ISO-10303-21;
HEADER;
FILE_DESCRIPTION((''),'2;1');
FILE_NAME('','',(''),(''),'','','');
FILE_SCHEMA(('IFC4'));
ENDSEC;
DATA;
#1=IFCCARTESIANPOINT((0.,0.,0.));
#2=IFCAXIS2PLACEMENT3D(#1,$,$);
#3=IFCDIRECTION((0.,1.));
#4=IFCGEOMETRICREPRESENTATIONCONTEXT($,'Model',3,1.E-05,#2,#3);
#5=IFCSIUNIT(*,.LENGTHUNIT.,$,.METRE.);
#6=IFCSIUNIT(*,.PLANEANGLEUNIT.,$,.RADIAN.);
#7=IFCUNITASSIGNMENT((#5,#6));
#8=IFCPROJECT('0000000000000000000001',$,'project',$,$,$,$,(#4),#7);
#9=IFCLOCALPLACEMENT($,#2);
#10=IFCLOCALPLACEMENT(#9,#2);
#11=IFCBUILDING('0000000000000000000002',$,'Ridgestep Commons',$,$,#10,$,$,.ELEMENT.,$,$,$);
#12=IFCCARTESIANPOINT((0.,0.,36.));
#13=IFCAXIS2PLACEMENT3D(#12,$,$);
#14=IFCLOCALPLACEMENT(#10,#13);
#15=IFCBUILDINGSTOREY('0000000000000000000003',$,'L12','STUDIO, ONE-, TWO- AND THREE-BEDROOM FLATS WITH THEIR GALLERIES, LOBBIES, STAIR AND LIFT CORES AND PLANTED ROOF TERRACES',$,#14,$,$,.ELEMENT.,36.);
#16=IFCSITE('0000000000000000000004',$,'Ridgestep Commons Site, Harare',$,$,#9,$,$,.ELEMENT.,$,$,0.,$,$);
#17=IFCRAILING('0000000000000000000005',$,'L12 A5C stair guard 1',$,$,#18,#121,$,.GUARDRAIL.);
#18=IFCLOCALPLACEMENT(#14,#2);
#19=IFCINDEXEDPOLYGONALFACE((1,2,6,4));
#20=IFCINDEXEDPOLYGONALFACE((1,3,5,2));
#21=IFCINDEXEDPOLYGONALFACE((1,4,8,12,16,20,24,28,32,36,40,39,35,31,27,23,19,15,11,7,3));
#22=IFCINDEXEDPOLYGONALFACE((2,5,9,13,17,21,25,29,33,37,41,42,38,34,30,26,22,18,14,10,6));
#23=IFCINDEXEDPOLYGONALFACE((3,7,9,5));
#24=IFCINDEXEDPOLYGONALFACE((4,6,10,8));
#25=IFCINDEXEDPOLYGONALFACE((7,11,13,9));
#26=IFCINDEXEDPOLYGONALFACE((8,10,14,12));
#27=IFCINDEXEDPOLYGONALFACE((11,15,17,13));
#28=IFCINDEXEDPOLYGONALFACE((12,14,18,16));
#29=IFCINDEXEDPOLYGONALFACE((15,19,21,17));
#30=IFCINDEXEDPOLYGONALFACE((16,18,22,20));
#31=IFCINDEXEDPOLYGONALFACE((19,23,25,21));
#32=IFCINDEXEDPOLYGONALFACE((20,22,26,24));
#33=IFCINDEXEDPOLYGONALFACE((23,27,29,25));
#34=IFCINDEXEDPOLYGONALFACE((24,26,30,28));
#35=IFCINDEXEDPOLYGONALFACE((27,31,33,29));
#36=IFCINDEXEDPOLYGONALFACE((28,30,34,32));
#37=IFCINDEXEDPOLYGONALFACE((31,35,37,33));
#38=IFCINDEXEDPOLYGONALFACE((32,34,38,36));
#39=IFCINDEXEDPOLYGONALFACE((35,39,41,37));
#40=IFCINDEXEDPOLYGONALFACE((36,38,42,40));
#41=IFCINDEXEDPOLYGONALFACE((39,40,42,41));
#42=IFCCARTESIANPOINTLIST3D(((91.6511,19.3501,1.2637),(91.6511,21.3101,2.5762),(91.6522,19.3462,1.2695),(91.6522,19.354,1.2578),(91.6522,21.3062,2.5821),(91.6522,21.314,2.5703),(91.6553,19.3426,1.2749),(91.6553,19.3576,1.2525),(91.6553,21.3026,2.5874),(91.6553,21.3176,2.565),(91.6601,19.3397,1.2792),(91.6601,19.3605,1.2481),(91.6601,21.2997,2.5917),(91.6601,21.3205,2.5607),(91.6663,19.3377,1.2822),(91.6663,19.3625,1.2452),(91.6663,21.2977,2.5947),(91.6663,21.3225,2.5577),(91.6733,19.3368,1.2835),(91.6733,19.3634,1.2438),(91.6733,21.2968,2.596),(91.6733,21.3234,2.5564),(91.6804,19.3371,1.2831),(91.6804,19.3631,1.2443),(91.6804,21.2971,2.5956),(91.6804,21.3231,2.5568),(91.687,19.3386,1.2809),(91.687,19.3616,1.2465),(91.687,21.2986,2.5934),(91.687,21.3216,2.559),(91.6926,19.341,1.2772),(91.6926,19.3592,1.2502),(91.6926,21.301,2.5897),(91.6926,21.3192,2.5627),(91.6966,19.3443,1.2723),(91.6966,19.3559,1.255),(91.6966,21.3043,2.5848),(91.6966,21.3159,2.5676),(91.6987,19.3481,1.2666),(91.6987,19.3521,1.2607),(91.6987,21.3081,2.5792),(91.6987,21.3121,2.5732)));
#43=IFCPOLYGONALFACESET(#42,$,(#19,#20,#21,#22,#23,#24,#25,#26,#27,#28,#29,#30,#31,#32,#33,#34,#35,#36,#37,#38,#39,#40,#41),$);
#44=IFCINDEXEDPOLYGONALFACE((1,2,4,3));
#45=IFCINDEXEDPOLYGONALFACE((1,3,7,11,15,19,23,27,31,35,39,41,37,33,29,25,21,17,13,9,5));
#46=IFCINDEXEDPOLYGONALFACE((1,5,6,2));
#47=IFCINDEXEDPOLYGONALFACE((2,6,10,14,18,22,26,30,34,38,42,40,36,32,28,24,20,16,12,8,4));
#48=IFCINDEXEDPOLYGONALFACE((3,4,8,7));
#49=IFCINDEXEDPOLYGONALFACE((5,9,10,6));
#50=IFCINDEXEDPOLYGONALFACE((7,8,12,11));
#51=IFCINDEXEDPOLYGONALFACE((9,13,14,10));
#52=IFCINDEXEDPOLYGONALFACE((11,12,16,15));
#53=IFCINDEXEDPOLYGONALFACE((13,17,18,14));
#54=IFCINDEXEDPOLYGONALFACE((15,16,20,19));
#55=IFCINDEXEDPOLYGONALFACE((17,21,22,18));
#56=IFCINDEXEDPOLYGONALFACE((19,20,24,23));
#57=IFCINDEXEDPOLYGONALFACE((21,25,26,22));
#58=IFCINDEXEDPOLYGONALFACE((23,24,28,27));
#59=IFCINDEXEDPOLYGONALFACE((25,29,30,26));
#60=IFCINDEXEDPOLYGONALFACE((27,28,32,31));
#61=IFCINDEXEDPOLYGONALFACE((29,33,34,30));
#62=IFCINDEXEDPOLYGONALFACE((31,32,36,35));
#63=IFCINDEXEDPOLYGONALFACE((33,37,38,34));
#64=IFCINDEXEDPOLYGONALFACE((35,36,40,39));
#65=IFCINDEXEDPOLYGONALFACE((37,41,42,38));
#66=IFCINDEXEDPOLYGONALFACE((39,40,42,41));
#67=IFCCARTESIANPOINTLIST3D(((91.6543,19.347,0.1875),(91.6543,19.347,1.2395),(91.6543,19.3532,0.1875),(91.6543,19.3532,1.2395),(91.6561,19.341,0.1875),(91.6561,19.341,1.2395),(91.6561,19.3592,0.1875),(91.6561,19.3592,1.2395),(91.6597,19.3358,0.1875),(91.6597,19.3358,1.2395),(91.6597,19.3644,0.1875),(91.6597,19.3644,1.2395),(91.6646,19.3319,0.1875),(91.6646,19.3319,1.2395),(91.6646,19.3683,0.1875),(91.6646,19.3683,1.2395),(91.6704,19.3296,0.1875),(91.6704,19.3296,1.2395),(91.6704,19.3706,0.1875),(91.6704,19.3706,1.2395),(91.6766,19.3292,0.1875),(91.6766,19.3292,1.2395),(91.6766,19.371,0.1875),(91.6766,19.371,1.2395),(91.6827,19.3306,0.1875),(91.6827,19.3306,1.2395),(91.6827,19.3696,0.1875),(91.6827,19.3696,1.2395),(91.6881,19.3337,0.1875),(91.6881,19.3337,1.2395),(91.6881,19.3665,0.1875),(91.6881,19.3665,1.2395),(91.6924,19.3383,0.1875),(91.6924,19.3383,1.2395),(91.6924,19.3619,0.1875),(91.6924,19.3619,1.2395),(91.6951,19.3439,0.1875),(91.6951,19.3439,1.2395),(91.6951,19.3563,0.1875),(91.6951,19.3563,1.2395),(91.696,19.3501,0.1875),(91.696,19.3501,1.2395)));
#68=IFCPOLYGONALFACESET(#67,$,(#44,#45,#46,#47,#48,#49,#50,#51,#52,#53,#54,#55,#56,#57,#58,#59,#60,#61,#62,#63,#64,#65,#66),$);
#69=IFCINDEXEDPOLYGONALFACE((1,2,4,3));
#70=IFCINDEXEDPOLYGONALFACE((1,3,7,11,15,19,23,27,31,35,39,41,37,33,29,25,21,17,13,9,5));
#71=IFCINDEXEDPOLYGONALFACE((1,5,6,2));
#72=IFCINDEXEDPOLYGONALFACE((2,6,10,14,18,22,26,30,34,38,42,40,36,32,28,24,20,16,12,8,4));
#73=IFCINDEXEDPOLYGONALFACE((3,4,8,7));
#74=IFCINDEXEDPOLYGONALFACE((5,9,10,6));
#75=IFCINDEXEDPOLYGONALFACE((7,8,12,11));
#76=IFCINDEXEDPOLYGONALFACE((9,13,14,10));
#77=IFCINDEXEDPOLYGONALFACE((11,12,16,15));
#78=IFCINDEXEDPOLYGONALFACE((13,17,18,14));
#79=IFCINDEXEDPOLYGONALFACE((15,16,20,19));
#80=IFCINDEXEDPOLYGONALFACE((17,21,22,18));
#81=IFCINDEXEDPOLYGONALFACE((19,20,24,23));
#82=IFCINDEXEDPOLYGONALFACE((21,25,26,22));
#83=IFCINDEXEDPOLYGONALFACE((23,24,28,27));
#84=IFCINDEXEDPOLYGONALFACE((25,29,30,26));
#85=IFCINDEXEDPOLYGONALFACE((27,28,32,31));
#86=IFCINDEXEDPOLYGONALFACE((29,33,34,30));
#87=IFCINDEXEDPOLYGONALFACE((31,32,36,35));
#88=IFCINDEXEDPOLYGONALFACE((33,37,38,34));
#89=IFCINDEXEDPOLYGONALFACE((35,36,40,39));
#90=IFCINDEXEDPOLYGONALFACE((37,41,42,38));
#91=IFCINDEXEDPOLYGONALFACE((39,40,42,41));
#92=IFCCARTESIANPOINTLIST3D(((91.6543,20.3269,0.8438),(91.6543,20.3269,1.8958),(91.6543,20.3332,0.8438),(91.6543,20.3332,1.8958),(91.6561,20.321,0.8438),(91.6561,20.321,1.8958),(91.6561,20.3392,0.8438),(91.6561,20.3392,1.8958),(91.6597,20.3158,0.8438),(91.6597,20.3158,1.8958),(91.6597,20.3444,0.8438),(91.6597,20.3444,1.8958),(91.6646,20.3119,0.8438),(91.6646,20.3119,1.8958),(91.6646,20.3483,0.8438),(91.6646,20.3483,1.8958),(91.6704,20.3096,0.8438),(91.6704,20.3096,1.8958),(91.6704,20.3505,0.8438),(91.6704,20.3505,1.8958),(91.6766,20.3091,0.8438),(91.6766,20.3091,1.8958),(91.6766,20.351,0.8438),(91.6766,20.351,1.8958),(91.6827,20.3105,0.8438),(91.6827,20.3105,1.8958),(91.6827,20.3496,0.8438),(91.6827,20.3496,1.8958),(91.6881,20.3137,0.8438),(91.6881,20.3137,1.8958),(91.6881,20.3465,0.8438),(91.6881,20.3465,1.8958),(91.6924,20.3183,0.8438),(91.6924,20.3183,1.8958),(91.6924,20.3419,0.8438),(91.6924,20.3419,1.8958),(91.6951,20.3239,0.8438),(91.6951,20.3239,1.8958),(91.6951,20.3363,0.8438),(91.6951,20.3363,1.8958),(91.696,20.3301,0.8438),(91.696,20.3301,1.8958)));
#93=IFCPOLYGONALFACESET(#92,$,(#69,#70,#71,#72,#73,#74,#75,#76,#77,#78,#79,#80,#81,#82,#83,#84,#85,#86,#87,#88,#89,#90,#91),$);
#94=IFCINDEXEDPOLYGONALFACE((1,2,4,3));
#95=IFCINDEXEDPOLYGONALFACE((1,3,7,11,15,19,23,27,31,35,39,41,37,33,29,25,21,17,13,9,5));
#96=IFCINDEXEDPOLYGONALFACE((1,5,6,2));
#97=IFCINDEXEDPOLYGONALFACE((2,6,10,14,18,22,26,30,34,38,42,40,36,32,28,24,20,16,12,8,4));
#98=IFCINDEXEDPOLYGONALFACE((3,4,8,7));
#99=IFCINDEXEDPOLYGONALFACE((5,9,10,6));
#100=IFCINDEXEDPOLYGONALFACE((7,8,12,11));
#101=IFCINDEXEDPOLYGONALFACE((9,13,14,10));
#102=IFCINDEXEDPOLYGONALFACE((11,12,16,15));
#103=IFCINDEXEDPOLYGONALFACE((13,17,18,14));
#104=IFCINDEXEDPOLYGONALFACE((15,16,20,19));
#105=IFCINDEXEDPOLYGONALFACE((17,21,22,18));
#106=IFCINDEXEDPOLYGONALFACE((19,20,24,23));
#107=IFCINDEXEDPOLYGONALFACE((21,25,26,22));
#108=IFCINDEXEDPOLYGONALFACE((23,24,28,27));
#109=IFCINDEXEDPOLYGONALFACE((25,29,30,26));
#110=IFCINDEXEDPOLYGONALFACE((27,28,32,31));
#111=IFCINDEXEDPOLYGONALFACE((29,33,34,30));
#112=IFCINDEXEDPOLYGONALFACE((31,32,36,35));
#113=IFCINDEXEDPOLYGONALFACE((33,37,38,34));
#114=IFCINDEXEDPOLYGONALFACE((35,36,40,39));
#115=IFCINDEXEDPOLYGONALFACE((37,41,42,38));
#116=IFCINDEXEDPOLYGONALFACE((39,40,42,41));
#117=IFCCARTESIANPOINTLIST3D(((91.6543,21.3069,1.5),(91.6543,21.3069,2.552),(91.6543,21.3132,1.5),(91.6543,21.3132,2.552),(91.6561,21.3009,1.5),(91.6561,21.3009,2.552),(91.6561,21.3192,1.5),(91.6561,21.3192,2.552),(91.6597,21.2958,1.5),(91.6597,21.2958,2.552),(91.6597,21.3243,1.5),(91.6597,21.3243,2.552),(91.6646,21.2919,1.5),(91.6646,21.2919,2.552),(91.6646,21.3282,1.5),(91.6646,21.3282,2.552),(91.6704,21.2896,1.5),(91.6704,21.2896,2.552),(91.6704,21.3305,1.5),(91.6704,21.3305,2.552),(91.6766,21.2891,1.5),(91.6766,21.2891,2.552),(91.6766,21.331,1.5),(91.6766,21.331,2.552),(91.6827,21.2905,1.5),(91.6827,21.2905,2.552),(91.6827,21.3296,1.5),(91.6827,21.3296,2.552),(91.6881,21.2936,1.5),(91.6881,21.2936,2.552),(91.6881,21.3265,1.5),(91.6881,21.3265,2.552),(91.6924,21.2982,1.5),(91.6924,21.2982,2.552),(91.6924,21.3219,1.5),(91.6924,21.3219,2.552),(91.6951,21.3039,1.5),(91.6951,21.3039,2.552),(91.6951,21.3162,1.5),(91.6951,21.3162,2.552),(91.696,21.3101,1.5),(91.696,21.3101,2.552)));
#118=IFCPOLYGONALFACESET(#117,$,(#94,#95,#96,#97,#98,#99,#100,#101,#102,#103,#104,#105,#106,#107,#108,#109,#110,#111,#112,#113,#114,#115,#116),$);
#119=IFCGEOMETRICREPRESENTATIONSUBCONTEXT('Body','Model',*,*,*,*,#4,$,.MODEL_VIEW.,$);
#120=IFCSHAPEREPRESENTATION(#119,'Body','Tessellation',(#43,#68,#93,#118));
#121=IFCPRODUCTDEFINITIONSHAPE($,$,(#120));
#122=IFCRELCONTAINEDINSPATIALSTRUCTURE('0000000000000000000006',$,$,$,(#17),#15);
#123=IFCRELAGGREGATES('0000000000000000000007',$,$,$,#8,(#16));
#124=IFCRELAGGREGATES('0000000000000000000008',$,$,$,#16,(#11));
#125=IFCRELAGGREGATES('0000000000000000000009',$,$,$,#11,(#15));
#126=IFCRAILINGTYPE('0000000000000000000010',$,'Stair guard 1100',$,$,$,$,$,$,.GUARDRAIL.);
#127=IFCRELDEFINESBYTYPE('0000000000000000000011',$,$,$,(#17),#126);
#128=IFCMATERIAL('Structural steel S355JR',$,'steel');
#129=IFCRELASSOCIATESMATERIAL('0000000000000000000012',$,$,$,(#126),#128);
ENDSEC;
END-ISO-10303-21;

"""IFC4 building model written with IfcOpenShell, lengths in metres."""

from ifc_helpers import new_model, si_unit, direction, frame, origin, origin_2d, place, context, subcontext, project, spatial, circle, extrude, material, type_object, element, save


model = new_model("IFC4")

# Units and contexts
model_context = context("Model", 3, precision=1e-05, world=origin(), true_north=direction((0.0, 1.0)))
body_context = subcontext(model_context, "Body", "Model", "MODEL_VIEW")
ifc_project = project(units=[si_unit("LENGTHUNIT", "METRE"), si_unit("PLANEANGLEUNIT", "RADIAN")], contexts=[model_context])

# Site, building, storey
site_placement = place(None, origin())
site = spatial("IfcSite", under=ifc_project, at=site_placement, Name="Ridgestep Commons Site, Harare", CompositionType="ELEMENT", RefElevation=0.0)
building_placement = place(site_placement, origin())
building = spatial("IfcBuilding", under=site, at=building_placement, Name="Ridgestep Commons", CompositionType="ELEMENT")
storey_placement = place(building_placement, frame((0.0, 0.0, 36.0)))
storey = spatial("IfcBuildingStorey", under=building, at=storey_placement, Name="L12", Description="STUDIO, ONE-, TWO- AND THREE-BEDROOM FLATS WITH THEIR GALLERIES, LOBBIES, STAIR AND LIFT CORES AND PLANTED ROOF TERRACES", CompositionType="ELEMENT", Elevation=36.0)

# Railing
ifc_material_1 = material(Name="Structural steel S355JR", Category="steel")
railing_type_1 = type_object("IfcRailingType", Name="Stair guard 1100", PredefinedType="GUARDRAIL", material=ifc_material_1)
railing_1_placement = place(storey_placement, frame((91.675, 19.3501, 0.1875)))
element("IfcRailing", 1, at=railing_1_placement, inside=storey, type_object=railing_type_1, Name="L12 A5C stair guard 1", PredefinedType="GUARDRAIL", context=body_context, shape_type="SweptSolid", body=[
    extrude(circle(Radius=0.0239, at=origin_2d()), frame((0.0, 0.0, 1.0762), z_axis=(0.0, 0.830902, 0.556419), x_axis=(-1.0, 0.0, 0.0)), (0.0, 0.0, 1.0), 2.3589),
    extrude(circle(Radius=0.021, at=origin_2d()), origin(), (0.0, 0.0, 1.0), 1.052),
    extrude(circle(Radius=0.021, at=origin_2d()), frame((0.0, 0.98, 0.6562)), (0.0, 0.0, 1.0), 1.052),
    extrude(circle(Radius=0.021, at=origin_2d()), frame((0.0, 1.96, 1.3125)), (0.0, 0.0, 1.0), 1.052),
])

save(model, "model.ifc")
